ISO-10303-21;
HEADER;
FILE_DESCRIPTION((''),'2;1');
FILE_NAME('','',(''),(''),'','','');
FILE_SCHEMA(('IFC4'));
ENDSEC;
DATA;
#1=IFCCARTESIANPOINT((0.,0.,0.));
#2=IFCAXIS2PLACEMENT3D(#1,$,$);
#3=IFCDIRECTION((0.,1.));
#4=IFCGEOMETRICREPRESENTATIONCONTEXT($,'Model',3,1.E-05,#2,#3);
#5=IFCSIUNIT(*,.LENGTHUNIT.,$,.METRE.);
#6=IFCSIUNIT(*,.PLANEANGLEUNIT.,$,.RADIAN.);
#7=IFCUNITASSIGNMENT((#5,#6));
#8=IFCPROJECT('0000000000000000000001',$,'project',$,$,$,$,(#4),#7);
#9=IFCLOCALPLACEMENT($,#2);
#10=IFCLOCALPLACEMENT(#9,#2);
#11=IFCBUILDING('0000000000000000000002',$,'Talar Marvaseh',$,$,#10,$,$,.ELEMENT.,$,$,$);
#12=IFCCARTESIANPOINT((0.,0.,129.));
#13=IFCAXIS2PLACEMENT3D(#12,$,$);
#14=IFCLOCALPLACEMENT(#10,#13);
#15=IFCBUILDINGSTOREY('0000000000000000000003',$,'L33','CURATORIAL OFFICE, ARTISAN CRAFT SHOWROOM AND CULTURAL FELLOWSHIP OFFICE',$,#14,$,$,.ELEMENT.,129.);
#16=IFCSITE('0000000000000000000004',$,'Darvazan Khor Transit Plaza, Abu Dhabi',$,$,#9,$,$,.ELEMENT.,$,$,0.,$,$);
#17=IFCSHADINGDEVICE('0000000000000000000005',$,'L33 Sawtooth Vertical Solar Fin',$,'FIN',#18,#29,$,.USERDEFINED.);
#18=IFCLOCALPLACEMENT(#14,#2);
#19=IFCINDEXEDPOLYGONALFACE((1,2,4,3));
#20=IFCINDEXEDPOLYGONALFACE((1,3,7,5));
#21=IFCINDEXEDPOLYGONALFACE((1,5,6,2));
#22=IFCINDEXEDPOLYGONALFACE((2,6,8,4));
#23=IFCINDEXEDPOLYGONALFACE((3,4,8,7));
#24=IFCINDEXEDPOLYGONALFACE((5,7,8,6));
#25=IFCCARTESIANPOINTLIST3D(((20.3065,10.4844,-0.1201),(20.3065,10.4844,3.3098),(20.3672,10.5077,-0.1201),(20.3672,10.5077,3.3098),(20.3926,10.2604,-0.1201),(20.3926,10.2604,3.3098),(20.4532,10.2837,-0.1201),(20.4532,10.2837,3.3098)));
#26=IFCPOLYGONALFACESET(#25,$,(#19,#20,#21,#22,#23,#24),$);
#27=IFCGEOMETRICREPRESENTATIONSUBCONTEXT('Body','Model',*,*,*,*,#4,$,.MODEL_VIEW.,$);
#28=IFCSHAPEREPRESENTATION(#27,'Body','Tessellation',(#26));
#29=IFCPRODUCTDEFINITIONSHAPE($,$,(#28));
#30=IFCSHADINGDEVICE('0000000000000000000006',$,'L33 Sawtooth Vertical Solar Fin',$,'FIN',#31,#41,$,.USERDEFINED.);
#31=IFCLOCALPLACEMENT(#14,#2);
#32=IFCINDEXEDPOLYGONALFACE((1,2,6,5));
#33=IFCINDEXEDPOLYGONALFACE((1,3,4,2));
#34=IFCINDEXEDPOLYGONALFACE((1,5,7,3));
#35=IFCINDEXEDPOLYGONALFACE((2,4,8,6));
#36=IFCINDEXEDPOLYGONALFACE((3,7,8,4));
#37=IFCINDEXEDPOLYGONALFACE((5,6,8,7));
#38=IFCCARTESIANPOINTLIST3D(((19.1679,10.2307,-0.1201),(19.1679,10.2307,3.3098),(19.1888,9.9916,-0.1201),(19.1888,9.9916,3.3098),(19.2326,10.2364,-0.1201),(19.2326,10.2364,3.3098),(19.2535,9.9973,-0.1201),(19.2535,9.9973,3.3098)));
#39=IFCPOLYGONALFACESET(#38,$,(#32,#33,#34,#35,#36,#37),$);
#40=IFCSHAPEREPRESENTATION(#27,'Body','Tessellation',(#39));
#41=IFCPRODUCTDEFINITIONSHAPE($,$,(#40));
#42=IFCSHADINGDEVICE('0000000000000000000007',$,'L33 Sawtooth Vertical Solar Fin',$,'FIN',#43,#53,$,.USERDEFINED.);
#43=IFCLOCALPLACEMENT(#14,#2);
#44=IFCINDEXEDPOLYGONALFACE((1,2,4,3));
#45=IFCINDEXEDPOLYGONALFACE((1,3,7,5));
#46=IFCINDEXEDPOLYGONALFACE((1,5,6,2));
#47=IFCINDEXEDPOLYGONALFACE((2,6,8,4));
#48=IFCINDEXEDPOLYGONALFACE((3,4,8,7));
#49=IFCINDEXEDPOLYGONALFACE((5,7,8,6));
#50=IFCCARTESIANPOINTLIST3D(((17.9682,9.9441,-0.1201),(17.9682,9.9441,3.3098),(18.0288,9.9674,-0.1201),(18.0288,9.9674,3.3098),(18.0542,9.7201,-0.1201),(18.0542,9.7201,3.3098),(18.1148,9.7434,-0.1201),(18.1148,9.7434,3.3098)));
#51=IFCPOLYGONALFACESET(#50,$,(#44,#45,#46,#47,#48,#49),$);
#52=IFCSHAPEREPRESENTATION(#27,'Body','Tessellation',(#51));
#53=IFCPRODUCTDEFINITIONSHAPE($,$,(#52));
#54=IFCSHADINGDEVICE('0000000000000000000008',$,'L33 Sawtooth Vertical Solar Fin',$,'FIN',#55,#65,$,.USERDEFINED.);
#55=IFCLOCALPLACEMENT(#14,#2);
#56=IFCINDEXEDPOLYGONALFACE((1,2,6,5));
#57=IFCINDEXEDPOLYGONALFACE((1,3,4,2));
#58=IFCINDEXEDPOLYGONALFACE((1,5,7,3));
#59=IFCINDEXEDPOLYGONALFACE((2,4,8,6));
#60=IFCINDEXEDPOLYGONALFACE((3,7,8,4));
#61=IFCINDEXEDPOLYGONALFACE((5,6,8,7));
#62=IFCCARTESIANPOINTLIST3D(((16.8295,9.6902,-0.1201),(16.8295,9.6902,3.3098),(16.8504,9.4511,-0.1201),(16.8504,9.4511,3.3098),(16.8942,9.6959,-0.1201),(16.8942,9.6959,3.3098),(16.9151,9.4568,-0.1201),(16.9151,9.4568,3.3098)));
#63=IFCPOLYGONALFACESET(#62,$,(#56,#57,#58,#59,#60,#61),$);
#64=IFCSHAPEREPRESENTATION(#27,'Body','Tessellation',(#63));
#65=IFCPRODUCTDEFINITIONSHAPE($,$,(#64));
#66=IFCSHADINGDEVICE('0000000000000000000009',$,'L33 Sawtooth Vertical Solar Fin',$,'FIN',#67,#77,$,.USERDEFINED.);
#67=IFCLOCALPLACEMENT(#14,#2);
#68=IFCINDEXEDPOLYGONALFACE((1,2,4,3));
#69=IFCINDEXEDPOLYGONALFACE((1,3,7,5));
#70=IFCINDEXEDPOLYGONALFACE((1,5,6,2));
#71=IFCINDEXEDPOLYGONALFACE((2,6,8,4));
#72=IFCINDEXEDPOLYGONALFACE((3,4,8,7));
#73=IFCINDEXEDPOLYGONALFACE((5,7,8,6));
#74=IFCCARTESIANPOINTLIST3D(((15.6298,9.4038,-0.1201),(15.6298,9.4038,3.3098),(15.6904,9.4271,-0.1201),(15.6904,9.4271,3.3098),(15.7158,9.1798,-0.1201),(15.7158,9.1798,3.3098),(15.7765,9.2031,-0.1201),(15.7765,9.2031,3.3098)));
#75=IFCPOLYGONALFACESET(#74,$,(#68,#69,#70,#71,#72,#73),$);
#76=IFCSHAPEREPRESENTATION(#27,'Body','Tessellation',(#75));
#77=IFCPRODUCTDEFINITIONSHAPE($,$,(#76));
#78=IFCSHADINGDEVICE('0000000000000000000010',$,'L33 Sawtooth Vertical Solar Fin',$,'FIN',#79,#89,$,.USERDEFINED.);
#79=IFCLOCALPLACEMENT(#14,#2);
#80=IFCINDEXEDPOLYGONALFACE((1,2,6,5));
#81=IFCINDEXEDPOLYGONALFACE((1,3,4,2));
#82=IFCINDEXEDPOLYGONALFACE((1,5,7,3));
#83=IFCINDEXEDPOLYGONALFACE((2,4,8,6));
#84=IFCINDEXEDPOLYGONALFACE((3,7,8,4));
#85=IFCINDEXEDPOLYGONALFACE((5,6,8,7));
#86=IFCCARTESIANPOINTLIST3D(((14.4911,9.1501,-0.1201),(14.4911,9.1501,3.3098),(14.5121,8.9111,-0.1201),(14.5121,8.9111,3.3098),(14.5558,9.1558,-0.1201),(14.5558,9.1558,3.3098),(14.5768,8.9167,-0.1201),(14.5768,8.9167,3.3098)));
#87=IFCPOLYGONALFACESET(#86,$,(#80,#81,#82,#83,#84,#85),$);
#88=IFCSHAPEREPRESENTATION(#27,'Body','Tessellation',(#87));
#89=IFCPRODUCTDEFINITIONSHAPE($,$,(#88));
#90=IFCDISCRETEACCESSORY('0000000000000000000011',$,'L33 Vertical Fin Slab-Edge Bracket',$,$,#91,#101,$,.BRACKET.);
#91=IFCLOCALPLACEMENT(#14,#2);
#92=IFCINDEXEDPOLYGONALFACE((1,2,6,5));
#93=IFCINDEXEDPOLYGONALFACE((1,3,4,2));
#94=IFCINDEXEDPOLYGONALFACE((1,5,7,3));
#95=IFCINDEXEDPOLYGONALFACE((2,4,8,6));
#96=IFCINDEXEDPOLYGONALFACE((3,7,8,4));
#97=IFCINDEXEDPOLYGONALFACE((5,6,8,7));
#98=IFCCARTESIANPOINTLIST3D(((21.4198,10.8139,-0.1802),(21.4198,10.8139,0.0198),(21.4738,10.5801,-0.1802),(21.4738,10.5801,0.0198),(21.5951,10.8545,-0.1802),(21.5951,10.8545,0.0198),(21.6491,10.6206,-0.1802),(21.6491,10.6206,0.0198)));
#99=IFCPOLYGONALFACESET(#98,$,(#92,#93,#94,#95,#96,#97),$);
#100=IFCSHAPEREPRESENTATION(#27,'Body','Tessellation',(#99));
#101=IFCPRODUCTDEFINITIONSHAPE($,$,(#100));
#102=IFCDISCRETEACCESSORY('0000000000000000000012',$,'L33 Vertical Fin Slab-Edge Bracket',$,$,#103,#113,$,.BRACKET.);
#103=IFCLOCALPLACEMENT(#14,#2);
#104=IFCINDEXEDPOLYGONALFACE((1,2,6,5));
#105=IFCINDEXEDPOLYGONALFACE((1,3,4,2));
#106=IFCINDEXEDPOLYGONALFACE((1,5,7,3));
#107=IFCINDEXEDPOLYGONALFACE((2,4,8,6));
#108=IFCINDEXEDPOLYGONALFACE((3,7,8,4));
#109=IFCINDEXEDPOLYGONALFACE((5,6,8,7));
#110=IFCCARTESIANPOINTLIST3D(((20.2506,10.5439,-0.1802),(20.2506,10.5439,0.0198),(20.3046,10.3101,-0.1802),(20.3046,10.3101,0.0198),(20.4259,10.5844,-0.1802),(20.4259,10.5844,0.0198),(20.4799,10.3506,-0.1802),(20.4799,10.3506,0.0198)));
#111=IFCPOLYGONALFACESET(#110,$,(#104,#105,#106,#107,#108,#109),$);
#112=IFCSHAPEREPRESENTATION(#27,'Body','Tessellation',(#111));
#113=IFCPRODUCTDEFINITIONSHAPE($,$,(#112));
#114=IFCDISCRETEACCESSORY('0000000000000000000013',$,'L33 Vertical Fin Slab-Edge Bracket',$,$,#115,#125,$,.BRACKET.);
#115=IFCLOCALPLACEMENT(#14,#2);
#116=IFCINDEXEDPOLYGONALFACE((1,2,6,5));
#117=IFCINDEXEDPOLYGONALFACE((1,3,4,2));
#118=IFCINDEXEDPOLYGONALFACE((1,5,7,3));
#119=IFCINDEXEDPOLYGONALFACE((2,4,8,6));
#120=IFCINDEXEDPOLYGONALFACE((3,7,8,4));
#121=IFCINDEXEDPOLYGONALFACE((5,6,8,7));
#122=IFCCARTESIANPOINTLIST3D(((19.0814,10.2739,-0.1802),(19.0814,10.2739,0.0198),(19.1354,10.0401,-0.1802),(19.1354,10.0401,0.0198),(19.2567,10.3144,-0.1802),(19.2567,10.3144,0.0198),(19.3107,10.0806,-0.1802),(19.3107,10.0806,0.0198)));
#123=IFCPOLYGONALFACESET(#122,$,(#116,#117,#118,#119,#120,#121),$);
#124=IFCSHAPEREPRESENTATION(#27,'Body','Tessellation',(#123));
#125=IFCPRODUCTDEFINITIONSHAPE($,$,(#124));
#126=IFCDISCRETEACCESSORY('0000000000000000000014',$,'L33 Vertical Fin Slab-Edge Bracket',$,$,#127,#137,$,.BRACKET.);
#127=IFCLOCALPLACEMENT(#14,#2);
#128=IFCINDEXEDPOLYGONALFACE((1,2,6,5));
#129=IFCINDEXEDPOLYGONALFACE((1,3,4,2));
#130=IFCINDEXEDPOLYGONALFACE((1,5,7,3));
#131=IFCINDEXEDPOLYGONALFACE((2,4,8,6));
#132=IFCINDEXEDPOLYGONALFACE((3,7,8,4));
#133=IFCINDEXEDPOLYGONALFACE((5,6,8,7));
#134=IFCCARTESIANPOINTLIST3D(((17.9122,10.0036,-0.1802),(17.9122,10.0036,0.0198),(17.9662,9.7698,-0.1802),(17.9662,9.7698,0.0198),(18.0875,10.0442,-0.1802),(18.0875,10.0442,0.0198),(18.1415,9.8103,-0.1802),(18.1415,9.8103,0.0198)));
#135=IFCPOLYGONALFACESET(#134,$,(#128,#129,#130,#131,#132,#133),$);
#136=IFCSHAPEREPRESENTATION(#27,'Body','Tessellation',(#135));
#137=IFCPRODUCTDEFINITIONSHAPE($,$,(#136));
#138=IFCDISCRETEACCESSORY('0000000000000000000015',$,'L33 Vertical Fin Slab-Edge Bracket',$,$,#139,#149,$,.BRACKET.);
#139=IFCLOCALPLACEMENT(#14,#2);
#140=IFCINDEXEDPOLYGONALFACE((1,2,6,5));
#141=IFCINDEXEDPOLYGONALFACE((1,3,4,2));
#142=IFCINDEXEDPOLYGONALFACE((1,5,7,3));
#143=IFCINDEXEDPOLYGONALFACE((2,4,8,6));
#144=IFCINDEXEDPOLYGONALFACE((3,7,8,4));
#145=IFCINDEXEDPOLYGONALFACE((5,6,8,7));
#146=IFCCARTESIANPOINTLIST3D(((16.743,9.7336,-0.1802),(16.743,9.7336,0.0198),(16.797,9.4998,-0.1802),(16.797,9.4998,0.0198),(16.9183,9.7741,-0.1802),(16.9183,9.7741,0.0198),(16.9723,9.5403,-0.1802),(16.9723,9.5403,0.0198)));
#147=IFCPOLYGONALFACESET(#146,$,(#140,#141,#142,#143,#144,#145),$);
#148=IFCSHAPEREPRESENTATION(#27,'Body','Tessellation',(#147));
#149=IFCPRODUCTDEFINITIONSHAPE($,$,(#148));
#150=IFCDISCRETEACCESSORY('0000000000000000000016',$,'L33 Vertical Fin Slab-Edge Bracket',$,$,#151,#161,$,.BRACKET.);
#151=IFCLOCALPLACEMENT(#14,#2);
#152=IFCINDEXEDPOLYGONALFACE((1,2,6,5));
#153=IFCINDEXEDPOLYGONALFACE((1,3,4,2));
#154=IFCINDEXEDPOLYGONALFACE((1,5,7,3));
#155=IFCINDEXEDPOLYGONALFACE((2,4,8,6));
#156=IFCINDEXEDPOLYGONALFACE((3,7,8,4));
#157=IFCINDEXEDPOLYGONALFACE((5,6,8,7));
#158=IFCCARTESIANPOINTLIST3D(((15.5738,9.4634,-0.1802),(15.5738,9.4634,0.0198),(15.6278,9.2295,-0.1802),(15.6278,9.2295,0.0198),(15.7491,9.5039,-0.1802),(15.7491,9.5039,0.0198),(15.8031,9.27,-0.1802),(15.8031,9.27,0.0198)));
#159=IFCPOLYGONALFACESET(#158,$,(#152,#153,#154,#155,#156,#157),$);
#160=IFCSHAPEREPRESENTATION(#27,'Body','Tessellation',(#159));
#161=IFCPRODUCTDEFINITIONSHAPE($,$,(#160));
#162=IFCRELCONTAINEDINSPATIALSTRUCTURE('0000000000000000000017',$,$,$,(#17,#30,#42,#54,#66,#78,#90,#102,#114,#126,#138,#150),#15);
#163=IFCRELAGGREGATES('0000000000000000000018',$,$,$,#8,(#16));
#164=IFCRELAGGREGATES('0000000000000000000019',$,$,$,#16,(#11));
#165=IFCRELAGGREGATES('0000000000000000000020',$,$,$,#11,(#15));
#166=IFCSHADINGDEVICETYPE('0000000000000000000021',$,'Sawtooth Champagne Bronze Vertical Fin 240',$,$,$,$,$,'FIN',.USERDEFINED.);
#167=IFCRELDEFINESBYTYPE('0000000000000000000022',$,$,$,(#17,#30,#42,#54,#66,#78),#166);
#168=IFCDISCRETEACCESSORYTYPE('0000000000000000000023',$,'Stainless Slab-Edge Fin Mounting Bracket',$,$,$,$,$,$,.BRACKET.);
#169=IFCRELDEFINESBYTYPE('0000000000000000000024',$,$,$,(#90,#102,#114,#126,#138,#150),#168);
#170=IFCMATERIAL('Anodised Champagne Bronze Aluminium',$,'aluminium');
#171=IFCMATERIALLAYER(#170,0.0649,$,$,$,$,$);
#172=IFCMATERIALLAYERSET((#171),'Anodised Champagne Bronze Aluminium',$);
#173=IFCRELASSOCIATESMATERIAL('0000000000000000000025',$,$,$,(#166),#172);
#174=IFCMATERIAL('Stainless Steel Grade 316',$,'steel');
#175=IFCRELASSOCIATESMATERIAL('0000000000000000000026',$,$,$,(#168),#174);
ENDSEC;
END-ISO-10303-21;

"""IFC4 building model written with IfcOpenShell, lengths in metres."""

from ifc_helpers import new_model, si_unit, direction, frame, origin, origin_2d, place, context, subcontext, project, spatial, rectangle, extrude, source, transform, mapped, material, layer, layer_set, type_object, type_shapes, element, save


model = new_model("IFC4")

# Units and contexts
model_context = context("Model", 3, precision=1e-05, world=origin(), true_north=direction((0.0, 1.0)))
body_context = subcontext(model_context, "Body", "Model", "MODEL_VIEW")
ifc_project = project(units=[si_unit("LENGTHUNIT", "METRE"), si_unit("PLANEANGLEUNIT", "RADIAN")], contexts=[model_context])

# Site, building, storey
site_placement = place(None, origin())
site = spatial("IfcSite", under=ifc_project, at=site_placement, Name="Darvazan Khor Transit Plaza, Abu Dhabi", CompositionType="ELEMENT", RefElevation=0.0)
building_placement = place(site_placement, origin())
building = spatial("IfcBuilding", under=site, at=building_placement, Name="Talar Marvaseh", CompositionType="ELEMENT")
storey_placement = place(building_placement, frame((0.0, 0.0, 129.0)))
storey = spatial("IfcBuildingStorey", under=building, at=storey_placement, Name="L33", Description="CURATORIAL OFFICE, ARTISAN CRAFT SHOWROOM AND CULTURAL FELLOWSHIP OFFICE", CompositionType="ELEMENT", Elevation=129.0)

# Shading devices
ifc_material_1 = material(Name="Anodised Champagne Bronze Aluminium", Category="aluminium")
ifc_layer_1 = layer(ifc_material_1, 0.0649)
ifc_layer_set_1 = layer_set([ifc_layer_1], Name="Anodised Champagne Bronze Aluminium")
shading_device_type = type_object("IfcShadingDeviceType", Name="Sawtooth Champagne Bronze Vertical Fin 240", ElementType="FIN", PredefinedType="USERDEFINED", material=ifc_layer_set_1)
shared_shape_1 = source(origin(), body_context, "Body", "SweptSolid", [
    extrude(rectangle(XDim=0.24, YDim=0.0649, at=origin_2d()), origin(), (0.0, 0.0, 1.0), 3.4299),
])
type_shapes(shading_device_type, [shared_shape_1])
for number, where, z_axis, x_axis, name in (
    (1, (20.3799, 10.384, -0.1201), (0.0, 0.0, 1.0), (0.358531, -0.933518, 0.0), "L33 Sawtooth Vertical Solar Fin"),
    (2, (19.2107, 10.114, -0.1201), (0.0, 0.0, 1.0), (0.08733, -0.996179, 0.0), "L33 Sawtooth Vertical Solar Fin"),
    (3, (18.0415, 9.8438, -0.1201), (0.0, 0.0, 1.0), (0.358531, -0.933518, 0.0), "L33 Sawtooth Vertical Solar Fin"),
    (4, (16.8723, 9.5735, -0.1201), (0.0, 0.0, 1.0), (0.08733, -0.996179, 0.0), "L33 Sawtooth Vertical Solar Fin"),
    (5, (15.7031, 9.3035, -0.1201), (0.0, 0.0, 1.0), (0.358531, -0.933518, 0.0), "L33 Sawtooth Vertical Solar Fin"),
    (6, (14.5339, 9.0334, -0.1201), (0.0, 0.0, 1.0), (0.08733, -0.996179, 0.0), "L33 Sawtooth Vertical Solar Fin"),
):
    element("IfcShadingDevice", number, at=place(storey_placement, frame(where, z_axis=z_axis, x_axis=x_axis)), inside=storey, type_object=shading_device_type, Name=name, ObjectType="FIN", PredefinedType="USERDEFINED", context=body_context, shape_type="MappedRepresentation", body=[
        mapped(shared_shape_1, transform((0.0, 0.0, 0.0), x_axis=(1.0, 0.0, 0.0), y_axis=(0.0, 1.0, 0.0), z_axis=(0.0, 0.0, 1.0), scale=1.0)),
    ])

# Discrete accessories
ifc_material_2 = material(Name="Stainless Steel Grade 316", Category="steel")
discrete_accessory_type = type_object("IfcDiscreteAccessoryType", Name="Stainless Slab-Edge Fin Mounting Bracket", PredefinedType="BRACKET", material=ifc_material_2)
shared_shape_2 = source(origin(), body_context, "Body", "SweptSolid", [
    extrude(rectangle(XDim=0.24, YDim=0.1799, at=origin_2d()), origin(), (0.0, 0.0, 1.0), 0.2),
])
type_shapes(discrete_accessory_type, [shared_shape_2])
for number, where, z_axis, x_axis, name in (
    (7, (21.5344, 10.7173, -0.1802), (0.0, 0.0, 1.0), (0.225121, -0.974331, 0.0), "L33 Vertical Fin Slab-Edge Bracket"),
    (8, (20.3652, 10.4473, -0.1802), (0.0, 0.0, 1.0), (0.225121, -0.974331, 0.0), "L33 Vertical Fin Slab-Edge Bracket"),
    (9, (19.196, 10.1772, -0.1802), (0.0, 0.0, 1.0), (0.225121, -0.974331, 0.0), "L33 Vertical Fin Slab-Edge Bracket"),
    (10, (18.0269, 9.907, -0.1802), (0.0, 0.0, 1.0), (0.225121, -0.974331, 0.0), "L33 Vertical Fin Slab-Edge Bracket"),
    (11, (16.8577, 9.637, -0.1802), (0.0, 0.0, 1.0), (0.225121, -0.974331, 0.0), "L33 Vertical Fin Slab-Edge Bracket"),
    (12, (15.6885, 9.3667, -0.1802), (0.0, 0.0, 1.0), (0.225121, -0.974331, 0.0), "L33 Vertical Fin Slab-Edge Bracket"),
):
    element("IfcDiscreteAccessory", number, at=place(storey_placement, frame(where, z_axis=z_axis, x_axis=x_axis)), inside=storey, type_object=discrete_accessory_type, Name=name, PredefinedType="BRACKET", context=body_context, shape_type="MappedRepresentation", body=[
        mapped(shared_shape_2, transform((0.0, 0.0, 0.0), x_axis=(1.0, 0.0, 0.0), y_axis=(0.0, 1.0, 0.0), z_axis=(0.0, 0.0, 1.0), scale=1.0)),
    ])

save(model, "model.ifc")
